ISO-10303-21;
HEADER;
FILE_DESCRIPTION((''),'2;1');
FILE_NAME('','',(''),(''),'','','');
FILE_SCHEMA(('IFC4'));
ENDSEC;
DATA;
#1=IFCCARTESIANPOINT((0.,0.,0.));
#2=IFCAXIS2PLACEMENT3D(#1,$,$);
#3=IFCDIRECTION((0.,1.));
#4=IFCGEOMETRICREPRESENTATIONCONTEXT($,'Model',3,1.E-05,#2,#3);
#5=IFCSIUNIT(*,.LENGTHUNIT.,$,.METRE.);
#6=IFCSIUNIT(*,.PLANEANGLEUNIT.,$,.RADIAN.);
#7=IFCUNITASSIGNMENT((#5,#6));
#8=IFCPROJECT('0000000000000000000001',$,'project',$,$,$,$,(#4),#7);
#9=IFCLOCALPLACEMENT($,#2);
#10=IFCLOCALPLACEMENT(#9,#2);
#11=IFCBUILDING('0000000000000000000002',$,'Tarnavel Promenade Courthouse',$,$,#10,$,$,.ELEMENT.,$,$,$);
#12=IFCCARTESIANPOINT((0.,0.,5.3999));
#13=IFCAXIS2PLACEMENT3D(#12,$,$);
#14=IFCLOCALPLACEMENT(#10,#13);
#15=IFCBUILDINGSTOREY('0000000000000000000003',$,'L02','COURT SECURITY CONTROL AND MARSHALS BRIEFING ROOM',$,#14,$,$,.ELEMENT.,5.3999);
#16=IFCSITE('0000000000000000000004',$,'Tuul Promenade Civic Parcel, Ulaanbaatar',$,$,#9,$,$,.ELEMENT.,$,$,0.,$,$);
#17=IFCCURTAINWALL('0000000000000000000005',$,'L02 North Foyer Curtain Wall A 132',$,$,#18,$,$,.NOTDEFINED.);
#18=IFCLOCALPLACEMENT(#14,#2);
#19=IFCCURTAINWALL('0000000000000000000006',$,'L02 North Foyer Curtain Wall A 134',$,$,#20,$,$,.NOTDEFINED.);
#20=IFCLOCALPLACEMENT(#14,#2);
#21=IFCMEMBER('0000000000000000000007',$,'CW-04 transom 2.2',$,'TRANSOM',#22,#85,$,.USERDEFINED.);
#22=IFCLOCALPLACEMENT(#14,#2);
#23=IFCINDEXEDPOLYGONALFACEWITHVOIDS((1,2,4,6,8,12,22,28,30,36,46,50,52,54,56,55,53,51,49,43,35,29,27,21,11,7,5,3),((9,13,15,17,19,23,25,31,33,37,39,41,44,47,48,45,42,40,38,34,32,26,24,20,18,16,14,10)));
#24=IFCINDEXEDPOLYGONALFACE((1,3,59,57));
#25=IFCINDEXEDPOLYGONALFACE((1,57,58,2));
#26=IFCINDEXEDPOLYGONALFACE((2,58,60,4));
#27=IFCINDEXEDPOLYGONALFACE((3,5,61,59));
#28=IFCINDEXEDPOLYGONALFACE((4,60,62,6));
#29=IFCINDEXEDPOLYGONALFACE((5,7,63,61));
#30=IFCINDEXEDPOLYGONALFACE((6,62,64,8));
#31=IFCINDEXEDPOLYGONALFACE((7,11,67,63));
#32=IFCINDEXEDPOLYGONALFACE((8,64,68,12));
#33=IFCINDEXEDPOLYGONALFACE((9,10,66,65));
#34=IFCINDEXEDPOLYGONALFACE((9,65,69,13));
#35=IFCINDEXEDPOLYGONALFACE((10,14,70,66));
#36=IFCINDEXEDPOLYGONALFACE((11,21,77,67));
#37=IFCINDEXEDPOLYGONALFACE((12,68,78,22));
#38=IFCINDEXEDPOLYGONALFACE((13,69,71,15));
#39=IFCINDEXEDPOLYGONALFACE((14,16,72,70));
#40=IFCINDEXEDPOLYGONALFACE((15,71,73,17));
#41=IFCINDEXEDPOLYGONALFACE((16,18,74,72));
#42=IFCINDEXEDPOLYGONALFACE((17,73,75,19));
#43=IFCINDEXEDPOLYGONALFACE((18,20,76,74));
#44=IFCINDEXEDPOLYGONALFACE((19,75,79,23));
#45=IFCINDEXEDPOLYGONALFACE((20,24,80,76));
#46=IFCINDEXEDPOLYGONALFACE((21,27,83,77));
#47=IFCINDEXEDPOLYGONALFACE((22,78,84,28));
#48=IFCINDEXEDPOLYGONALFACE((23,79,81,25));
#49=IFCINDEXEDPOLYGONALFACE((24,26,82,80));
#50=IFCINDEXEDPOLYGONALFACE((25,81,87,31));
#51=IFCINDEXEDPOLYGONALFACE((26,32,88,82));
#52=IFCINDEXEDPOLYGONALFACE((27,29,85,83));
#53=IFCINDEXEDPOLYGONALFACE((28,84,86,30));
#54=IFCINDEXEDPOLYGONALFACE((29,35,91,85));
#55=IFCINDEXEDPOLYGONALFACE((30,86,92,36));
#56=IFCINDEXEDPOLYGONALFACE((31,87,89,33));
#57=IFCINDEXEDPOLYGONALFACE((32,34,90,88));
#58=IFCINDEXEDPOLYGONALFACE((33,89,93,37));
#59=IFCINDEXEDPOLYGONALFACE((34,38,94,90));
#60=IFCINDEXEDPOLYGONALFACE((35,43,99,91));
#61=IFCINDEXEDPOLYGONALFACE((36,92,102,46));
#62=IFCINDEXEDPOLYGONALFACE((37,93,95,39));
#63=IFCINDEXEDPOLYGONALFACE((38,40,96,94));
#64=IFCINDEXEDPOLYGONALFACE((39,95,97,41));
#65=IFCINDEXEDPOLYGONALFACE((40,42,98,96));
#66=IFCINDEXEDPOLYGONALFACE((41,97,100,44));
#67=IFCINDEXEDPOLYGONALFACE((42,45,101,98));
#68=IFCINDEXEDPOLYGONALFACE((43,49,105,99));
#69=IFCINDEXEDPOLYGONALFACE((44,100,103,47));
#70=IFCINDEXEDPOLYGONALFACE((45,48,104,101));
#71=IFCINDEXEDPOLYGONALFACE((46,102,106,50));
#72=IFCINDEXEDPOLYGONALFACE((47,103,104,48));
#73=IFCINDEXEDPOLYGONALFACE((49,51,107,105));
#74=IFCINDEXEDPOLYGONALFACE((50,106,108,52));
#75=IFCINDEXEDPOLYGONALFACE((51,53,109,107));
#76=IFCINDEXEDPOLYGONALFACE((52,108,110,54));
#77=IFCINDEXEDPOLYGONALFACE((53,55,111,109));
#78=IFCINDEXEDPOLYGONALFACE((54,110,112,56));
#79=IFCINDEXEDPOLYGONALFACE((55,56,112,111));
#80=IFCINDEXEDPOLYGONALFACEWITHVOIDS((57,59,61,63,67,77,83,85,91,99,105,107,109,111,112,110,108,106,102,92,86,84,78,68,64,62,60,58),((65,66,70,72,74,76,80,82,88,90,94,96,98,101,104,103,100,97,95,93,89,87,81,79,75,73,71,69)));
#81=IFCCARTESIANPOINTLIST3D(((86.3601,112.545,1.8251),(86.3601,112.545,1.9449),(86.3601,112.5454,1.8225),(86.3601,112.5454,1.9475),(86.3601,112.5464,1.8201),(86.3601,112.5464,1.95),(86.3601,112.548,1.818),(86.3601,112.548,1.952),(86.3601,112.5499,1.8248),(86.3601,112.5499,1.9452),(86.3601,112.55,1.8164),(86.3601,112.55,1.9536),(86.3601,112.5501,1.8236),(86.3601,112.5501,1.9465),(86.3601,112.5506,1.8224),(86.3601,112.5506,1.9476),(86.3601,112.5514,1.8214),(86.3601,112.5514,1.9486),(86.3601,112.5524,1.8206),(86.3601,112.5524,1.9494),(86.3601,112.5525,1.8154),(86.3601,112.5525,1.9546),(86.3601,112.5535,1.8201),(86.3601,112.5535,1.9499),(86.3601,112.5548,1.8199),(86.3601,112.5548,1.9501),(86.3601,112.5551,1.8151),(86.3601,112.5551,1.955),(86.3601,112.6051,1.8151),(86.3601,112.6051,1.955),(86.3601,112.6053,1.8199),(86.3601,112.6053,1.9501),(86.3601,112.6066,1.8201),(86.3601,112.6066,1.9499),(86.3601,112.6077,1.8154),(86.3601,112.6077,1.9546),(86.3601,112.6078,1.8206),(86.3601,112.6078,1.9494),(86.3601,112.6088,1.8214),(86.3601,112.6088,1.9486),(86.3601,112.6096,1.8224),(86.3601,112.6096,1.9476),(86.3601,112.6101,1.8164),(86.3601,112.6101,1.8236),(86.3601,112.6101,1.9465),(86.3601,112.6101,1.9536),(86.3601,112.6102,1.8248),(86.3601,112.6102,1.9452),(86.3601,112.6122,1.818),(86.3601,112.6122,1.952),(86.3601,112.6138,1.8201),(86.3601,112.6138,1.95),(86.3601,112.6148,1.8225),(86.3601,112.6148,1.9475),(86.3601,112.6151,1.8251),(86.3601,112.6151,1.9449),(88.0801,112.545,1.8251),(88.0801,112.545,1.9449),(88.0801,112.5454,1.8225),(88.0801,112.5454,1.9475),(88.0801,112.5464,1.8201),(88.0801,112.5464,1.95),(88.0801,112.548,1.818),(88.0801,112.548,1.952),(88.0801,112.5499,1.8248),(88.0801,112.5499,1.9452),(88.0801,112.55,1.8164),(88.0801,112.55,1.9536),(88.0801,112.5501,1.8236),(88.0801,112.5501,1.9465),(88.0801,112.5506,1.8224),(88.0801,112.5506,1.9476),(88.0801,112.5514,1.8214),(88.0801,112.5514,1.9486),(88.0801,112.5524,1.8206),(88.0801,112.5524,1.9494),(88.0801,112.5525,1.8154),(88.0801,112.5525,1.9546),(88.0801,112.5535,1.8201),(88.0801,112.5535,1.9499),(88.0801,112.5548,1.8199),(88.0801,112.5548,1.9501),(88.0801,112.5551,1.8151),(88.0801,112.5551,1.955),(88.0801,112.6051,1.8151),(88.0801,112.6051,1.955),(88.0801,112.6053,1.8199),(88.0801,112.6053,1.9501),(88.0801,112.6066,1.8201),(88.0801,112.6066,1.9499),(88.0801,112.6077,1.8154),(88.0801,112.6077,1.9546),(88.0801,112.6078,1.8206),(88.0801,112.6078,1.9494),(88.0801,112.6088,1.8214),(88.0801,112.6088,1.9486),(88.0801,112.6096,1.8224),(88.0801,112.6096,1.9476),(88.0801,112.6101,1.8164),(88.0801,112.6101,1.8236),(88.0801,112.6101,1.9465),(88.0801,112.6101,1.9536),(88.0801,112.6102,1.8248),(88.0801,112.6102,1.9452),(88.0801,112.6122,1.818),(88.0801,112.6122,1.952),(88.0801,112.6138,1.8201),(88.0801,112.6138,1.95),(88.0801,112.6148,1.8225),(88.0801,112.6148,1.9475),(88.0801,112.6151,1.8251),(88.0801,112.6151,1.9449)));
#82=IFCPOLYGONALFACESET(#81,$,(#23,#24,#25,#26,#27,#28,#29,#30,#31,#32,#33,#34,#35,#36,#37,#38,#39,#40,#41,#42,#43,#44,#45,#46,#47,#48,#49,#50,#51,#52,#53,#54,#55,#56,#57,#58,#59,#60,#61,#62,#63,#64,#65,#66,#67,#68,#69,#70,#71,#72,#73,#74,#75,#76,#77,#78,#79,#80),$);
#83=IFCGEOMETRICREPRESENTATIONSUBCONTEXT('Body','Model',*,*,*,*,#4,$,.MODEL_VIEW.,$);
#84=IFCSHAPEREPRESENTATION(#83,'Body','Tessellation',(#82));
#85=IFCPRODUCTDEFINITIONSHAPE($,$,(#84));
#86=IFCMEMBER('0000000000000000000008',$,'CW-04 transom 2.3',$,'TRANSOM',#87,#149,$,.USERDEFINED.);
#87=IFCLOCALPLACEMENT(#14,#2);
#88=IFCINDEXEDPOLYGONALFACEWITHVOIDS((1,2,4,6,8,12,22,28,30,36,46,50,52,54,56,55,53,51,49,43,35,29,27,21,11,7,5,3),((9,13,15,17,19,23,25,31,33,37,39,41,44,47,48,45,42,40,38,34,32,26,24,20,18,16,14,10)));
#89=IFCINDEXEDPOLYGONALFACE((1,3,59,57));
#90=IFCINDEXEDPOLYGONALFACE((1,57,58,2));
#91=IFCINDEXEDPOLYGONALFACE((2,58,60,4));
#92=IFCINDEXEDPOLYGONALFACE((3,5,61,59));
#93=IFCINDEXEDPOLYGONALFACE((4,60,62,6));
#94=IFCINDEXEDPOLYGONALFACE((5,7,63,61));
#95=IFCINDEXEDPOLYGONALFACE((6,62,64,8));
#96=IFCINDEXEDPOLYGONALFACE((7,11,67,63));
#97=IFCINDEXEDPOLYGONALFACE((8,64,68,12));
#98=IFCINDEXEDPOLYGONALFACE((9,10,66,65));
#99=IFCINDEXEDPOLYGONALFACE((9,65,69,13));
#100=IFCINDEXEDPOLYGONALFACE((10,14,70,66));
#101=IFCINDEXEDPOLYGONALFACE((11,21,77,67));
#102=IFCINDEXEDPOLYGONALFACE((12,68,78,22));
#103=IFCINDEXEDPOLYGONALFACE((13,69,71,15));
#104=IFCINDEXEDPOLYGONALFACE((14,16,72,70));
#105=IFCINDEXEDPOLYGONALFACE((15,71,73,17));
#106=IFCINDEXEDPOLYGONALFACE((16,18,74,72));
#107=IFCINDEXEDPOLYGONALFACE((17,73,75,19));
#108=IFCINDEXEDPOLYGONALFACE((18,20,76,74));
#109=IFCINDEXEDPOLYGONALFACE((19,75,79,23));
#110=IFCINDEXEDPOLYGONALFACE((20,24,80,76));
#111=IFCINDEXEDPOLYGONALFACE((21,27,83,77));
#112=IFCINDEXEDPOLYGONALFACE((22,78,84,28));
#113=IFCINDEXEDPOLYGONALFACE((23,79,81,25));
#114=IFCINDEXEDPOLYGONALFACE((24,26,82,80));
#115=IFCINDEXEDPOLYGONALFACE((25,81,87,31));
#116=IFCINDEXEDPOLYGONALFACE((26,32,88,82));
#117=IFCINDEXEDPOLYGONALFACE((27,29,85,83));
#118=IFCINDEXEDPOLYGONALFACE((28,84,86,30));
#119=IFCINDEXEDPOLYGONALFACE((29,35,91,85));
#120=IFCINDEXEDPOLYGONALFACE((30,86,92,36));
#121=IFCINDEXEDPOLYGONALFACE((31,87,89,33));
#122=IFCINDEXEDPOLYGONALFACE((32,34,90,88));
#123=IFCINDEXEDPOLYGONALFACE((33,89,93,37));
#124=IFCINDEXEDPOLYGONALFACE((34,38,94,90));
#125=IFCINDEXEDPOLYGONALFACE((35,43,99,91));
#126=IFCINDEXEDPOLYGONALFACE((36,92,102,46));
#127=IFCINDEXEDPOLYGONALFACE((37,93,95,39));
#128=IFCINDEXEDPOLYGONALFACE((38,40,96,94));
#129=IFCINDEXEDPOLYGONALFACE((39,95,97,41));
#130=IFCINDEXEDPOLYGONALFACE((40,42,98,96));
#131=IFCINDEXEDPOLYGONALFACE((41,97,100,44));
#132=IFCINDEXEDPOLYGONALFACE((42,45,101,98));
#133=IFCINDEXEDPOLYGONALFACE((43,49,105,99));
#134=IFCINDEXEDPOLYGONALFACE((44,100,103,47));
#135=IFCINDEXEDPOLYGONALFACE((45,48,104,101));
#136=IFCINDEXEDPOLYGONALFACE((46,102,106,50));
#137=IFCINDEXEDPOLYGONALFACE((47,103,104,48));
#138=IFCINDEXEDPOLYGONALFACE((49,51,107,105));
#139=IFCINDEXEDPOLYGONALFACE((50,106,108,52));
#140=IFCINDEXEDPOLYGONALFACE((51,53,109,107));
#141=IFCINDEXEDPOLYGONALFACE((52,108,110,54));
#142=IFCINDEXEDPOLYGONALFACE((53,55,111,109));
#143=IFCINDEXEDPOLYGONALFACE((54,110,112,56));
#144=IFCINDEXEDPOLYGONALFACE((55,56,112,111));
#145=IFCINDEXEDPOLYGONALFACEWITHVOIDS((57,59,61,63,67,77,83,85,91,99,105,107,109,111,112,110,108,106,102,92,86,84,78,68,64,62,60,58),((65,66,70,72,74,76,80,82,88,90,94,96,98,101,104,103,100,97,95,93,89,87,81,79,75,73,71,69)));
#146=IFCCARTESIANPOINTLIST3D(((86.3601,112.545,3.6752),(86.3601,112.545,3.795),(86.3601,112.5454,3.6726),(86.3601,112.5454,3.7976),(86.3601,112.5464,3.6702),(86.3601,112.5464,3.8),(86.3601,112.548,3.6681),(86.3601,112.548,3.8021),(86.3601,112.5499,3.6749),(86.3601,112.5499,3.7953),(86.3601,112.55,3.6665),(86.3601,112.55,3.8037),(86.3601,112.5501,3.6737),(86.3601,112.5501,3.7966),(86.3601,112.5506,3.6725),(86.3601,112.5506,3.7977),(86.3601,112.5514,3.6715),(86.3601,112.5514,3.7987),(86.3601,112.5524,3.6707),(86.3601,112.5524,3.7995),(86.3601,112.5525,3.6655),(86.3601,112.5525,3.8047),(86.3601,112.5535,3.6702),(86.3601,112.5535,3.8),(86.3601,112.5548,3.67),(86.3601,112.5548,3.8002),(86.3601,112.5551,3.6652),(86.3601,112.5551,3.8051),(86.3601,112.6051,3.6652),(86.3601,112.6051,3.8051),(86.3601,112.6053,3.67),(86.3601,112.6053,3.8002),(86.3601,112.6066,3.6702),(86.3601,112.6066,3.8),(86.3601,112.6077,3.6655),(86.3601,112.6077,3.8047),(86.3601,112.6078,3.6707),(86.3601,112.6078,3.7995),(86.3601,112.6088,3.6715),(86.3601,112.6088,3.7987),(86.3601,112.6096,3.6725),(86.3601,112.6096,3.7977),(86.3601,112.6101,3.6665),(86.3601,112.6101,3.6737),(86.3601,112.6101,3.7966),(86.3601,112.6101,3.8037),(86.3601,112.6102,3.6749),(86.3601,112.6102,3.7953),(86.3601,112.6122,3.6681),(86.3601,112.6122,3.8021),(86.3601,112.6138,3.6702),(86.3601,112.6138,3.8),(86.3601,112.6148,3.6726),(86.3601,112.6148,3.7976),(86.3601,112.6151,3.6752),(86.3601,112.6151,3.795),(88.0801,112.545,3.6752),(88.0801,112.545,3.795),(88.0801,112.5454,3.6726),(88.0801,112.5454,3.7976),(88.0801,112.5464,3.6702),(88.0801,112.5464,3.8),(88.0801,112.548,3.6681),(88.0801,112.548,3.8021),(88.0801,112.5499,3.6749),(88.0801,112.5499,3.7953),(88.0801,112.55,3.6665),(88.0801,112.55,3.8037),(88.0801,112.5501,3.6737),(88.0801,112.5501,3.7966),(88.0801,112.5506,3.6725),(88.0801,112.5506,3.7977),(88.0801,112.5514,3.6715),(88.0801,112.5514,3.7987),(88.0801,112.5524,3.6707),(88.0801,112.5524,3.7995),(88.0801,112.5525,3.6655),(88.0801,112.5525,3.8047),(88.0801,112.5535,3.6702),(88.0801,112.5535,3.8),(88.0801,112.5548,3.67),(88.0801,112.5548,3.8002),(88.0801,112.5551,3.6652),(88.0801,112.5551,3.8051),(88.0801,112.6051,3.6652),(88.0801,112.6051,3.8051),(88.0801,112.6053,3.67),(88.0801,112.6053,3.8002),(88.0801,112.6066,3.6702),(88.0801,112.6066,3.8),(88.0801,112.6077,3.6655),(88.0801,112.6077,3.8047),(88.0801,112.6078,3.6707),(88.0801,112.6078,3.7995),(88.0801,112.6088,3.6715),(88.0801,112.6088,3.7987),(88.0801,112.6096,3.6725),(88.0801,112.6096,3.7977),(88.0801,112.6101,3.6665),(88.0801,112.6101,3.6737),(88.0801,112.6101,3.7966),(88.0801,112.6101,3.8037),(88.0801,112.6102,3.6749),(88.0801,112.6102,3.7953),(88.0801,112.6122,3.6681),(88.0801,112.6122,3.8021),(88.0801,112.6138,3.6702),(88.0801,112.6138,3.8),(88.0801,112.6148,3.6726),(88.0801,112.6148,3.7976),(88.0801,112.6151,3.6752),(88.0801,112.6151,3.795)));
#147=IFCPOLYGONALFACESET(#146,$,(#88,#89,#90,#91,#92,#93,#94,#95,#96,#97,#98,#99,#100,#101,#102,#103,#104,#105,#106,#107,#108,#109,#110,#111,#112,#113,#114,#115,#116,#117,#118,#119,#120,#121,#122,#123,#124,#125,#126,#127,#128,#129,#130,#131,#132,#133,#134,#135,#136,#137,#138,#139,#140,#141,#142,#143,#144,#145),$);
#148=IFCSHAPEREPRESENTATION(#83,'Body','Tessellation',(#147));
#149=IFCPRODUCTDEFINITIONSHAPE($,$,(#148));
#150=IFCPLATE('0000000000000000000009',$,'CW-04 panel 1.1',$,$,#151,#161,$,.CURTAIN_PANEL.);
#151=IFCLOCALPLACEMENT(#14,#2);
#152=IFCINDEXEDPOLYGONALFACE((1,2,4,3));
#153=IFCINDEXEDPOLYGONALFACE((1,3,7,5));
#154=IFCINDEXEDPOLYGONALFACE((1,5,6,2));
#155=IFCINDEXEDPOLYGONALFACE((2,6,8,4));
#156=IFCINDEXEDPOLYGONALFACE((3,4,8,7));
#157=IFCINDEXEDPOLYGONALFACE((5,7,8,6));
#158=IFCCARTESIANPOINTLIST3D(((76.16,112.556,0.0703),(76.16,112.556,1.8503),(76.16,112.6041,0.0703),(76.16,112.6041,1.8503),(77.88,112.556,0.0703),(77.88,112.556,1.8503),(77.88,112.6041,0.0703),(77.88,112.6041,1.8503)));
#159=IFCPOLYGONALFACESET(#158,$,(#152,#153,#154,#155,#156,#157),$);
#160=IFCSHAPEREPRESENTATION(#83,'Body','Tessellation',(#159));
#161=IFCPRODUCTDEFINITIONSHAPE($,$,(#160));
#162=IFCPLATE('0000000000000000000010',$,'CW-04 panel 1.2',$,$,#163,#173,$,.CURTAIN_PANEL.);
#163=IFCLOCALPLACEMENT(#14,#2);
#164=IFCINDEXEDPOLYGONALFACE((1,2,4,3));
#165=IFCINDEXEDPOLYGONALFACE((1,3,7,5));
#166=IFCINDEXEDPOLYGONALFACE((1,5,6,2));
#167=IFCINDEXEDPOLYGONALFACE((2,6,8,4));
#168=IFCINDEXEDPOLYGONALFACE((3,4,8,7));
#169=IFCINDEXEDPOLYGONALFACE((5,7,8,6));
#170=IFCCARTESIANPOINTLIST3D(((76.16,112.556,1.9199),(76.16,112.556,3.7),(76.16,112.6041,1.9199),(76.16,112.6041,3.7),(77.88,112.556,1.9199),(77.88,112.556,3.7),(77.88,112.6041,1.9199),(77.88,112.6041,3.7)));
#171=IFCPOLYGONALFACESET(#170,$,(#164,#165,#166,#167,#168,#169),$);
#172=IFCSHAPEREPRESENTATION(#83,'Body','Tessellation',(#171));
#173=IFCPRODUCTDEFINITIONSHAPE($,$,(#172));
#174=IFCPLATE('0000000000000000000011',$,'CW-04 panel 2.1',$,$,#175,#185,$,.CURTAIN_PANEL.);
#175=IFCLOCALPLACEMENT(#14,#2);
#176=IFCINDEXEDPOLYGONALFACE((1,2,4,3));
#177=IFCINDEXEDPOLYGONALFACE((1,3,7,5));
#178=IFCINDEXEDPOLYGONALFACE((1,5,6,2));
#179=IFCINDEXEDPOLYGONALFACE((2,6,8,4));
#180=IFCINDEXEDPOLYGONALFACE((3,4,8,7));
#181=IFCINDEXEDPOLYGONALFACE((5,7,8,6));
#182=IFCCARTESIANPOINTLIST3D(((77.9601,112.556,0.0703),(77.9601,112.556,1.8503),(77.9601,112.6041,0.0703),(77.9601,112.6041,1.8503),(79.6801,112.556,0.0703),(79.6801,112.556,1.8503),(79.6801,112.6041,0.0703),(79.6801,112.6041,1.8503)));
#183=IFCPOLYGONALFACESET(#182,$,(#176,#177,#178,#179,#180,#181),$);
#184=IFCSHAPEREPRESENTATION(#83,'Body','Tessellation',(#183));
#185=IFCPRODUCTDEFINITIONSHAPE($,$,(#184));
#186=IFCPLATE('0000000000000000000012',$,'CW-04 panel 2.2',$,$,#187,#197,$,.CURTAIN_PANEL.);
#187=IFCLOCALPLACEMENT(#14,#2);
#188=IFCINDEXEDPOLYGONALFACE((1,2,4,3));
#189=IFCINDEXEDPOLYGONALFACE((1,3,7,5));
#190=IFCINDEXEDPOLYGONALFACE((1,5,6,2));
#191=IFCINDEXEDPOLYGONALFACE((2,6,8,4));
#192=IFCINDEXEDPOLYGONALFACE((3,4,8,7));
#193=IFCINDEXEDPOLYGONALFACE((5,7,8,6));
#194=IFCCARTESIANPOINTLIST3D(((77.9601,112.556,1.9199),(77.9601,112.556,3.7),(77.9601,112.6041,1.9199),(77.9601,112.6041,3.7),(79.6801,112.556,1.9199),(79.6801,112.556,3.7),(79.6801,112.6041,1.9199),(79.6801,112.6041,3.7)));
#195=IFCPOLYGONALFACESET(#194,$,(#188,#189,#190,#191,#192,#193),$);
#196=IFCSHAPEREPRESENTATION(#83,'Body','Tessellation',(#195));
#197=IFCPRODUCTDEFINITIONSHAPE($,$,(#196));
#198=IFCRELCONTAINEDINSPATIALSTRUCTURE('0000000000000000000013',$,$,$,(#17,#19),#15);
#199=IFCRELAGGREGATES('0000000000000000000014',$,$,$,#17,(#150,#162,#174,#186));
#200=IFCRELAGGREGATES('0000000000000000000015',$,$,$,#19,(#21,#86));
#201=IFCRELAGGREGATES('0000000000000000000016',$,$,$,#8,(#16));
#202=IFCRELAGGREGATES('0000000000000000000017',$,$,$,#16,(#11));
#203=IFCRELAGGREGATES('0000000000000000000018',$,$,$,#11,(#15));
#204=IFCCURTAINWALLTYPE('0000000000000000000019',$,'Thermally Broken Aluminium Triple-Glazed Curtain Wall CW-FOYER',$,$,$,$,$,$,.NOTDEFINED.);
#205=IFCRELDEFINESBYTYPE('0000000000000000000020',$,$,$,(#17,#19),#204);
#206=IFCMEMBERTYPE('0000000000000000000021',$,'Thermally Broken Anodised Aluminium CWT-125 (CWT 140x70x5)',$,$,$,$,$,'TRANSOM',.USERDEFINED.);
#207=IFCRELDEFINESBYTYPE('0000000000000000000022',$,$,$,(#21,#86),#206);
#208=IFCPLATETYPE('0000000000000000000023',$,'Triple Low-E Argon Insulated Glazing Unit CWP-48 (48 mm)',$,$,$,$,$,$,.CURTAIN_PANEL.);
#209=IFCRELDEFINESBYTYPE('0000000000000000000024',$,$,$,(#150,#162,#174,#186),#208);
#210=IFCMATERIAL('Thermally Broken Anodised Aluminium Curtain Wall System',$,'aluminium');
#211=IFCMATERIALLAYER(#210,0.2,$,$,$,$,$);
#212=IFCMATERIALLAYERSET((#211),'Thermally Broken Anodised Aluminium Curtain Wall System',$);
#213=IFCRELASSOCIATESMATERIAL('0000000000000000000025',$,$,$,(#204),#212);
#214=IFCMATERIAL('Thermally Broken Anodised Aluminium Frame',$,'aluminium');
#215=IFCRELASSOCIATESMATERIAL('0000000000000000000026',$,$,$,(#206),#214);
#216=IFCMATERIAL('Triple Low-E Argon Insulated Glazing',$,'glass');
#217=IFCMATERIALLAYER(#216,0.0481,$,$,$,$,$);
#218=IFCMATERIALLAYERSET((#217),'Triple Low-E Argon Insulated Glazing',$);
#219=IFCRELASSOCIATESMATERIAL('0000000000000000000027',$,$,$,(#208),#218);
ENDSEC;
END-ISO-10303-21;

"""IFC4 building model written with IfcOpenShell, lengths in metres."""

from ifc_helpers import new_model, si_unit, direction, frame, origin, origin_2d, place, context, subcontext, project, spatial, rectangle, hollow_rectangle, extrude, material, layer, layer_set, material_profile, profile_set, type_object, element, aggregate, save


model = new_model("IFC4")

# Units and contexts
model_context = context("Model", 3, precision=1e-05, world=origin(), true_north=direction((0.0, 1.0)))
body_context = subcontext(model_context, "Body", "Model", "MODEL_VIEW")
ifc_project = project(units=[si_unit("LENGTHUNIT", "METRE"), si_unit("PLANEANGLEUNIT", "RADIAN")], contexts=[model_context])

# Site, building, storey
site_placement = place(None, origin())
site = spatial("IfcSite", under=ifc_project, at=site_placement, Name="Tuul Promenade Civic Parcel, Ulaanbaatar", CompositionType="ELEMENT", RefElevation=0.0)
building_placement = place(site_placement, origin())
building = spatial("IfcBuilding", under=site, at=building_placement, Name="Tarnavel Promenade Courthouse", CompositionType="ELEMENT")
storey_placement = place(building_placement, frame((0.0, 0.0, 5.3999)))
storey = spatial("IfcBuildingStorey", under=building, at=storey_placement, Name="L02", Description="COURT SECURITY CONTROL AND MARSHALS BRIEFING ROOM", CompositionType="ELEMENT", Elevation=5.3999)

# Curtain walls
ifc_material_1 = material(Name="Thermally Broken Anodised Aluminium Curtain Wall System", Category="aluminium")
ifc_layer_1 = layer(ifc_material_1, 0.2)
ifc_layer_set_1 = layer_set([ifc_layer_1], Name="Thermally Broken Anodised Aluminium Curtain Wall System")
curtain_wall_type = type_object("IfcCurtainWallType", Name="Thermally Broken Aluminium Triple-Glazed Curtain Wall CW-FOYER", PredefinedType="NOTDEFINED", material=ifc_layer_set_1)
curtain_wall_1_placement = place(storey_placement, origin())
curtain_wall_1 = element("IfcCurtainWall", 1, at=curtain_wall_1_placement, inside=storey, type_object=curtain_wall_type, Name="L02 North Foyer Curtain Wall A 132", PredefinedType="NOTDEFINED")
ifc_material_2 = material(Name="Thermally Broken Anodised Aluminium Frame", Category="aluminium")
curtain_wall_2_placement = place(storey_placement, origin())
curtain_wall_2 = element("IfcCurtainWall", 2, at=curtain_wall_2_placement, inside=storey, type_object=curtain_wall_type, Name="L02 North Foyer Curtain Wall A 134", PredefinedType="NOTDEFINED")

# Members
ifc_material_profile_1 = material_profile(ifc_material_2, hollow_rectangle(XDim=0.0701, YDim=0.1399, WallThickness=0.0049, InnerFilletRadius=0.0049, OuterFilletRadius=0.01, at=origin_2d()), Name="CWT 140x70x5")
ifc_profile_set_1 = profile_set([ifc_material_profile_1], Name="Thermally Broken Anodised Aluminium Frame")
member_type_1 = type_object("IfcMemberType", Name="Thermally Broken Anodised Aluminium CWT-125 (CWT 140x70x5)", ElementType="TRANSOM", PredefinedType="USERDEFINED", material=ifc_profile_set_1)
member_1_placement = place(storey_placement, frame((86.3601, 112.5801, 1.885), z_axis=(1.0, 0.0, 0.0), x_axis=(0.0, 1.0, 0.0)))
member_1 = element("IfcMember", 3, at=member_1_placement, type_object=member_type_1, Name="CW-04 transom 2.2", ObjectType="TRANSOM", PredefinedType="USERDEFINED", context=body_context, shape_type="SweptSolid", body=[
    extrude(hollow_rectangle(XDim=0.0701, YDim=0.1399, WallThickness=0.0049, InnerFilletRadius=0.0049, OuterFilletRadius=0.01, at=origin_2d()), origin(), (0.0, 0.0, 1.0), 1.72),
])
member_2_placement = place(storey_placement, frame((86.3601, 112.5801, 3.7351), z_axis=(1.0, 0.0, 0.0), x_axis=(0.0, 1.0, 0.0)))
member_2 = element("IfcMember", 4, at=member_2_placement, type_object=member_type_1, Name="CW-04 transom 2.3", ObjectType="TRANSOM", PredefinedType="USERDEFINED", context=body_context, shape_type="SweptSolid", body=[
    extrude(hollow_rectangle(XDim=0.0701, YDim=0.1399, WallThickness=0.0049, InnerFilletRadius=0.0049, OuterFilletRadius=0.01, at=origin_2d()), origin(), (0.0, 0.0, 1.0), 1.72),
])

# Plates
ifc_material_3 = material(Name="Triple Low-E Argon Insulated Glazing", Category="glass")
ifc_layer_2 = layer(ifc_material_3, 0.0481)
ifc_layer_set_2 = layer_set([ifc_layer_2], Name="Triple Low-E Argon Insulated Glazing")
plate_type = type_object("IfcPlateType", Name="Triple Low-E Argon Insulated Glazing Unit CWP-48 (48 mm)", PredefinedType="CURTAIN_PANEL", material=ifc_layer_set_2)
plate_1_placement = place(storey_placement, frame((77.02, 112.5801, 0.0703), z_axis=(0.0, 0.0, 1.0), x_axis=(1.0, 0.0, 0.0)))
plate_1 = element("IfcPlate", 5, at=plate_1_placement, type_object=plate_type, Name="CW-04 panel 1.1", PredefinedType="CURTAIN_PANEL", context=body_context, shape_type="SweptSolid", body=[
    extrude(rectangle(XDim=1.72, YDim=0.0481, at=origin_2d()), origin(), (0.0, 0.0, 1.0), 1.78),
])
plate_2_placement = place(storey_placement, frame((77.02, 112.5801, 1.9199), z_axis=(0.0, 0.0, 1.0), x_axis=(1.0, 0.0, 0.0)))
plate_2 = element("IfcPlate", 6, at=plate_2_placement, type_object=plate_type, Name="CW-04 panel 1.2", PredefinedType="CURTAIN_PANEL", context=body_context, shape_type="SweptSolid", body=[
    extrude(rectangle(XDim=1.72, YDim=0.0481, at=origin_2d()), origin(), (0.0, 0.0, 1.0), 1.78),
])
plate_3_placement = place(storey_placement, frame((78.8201, 112.5801, 0.0703), z_axis=(0.0, 0.0, 1.0), x_axis=(1.0, 0.0, 0.0)))
plate_3 = element("IfcPlate", 7, at=plate_3_placement, type_object=plate_type, Name="CW-04 panel 2.1", PredefinedType="CURTAIN_PANEL", context=body_context, shape_type="SweptSolid", body=[
    extrude(rectangle(XDim=1.72, YDim=0.0481, at=origin_2d()), origin(), (0.0, 0.0, 1.0), 1.78),
])
plate_4_placement = place(storey_placement, frame((78.8201, 112.5801, 1.9199), z_axis=(0.0, 0.0, 1.0), x_axis=(1.0, 0.0, 0.0)))
plate_4 = element("IfcPlate", 8, at=plate_4_placement, type_object=plate_type, Name="CW-04 panel 2.2", PredefinedType="CURTAIN_PANEL", context=body_context, shape_type="SweptSolid", body=[
    extrude(rectangle(XDim=1.72, YDim=0.0481, at=origin_2d()), origin(), (0.0, 0.0, 1.0), 1.78),
])
aggregate(curtain_wall_1, [plate_1, plate_2, plate_3, plate_4])
aggregate(curtain_wall_2, [member_1, member_2])

save(model, "model.ifc")
